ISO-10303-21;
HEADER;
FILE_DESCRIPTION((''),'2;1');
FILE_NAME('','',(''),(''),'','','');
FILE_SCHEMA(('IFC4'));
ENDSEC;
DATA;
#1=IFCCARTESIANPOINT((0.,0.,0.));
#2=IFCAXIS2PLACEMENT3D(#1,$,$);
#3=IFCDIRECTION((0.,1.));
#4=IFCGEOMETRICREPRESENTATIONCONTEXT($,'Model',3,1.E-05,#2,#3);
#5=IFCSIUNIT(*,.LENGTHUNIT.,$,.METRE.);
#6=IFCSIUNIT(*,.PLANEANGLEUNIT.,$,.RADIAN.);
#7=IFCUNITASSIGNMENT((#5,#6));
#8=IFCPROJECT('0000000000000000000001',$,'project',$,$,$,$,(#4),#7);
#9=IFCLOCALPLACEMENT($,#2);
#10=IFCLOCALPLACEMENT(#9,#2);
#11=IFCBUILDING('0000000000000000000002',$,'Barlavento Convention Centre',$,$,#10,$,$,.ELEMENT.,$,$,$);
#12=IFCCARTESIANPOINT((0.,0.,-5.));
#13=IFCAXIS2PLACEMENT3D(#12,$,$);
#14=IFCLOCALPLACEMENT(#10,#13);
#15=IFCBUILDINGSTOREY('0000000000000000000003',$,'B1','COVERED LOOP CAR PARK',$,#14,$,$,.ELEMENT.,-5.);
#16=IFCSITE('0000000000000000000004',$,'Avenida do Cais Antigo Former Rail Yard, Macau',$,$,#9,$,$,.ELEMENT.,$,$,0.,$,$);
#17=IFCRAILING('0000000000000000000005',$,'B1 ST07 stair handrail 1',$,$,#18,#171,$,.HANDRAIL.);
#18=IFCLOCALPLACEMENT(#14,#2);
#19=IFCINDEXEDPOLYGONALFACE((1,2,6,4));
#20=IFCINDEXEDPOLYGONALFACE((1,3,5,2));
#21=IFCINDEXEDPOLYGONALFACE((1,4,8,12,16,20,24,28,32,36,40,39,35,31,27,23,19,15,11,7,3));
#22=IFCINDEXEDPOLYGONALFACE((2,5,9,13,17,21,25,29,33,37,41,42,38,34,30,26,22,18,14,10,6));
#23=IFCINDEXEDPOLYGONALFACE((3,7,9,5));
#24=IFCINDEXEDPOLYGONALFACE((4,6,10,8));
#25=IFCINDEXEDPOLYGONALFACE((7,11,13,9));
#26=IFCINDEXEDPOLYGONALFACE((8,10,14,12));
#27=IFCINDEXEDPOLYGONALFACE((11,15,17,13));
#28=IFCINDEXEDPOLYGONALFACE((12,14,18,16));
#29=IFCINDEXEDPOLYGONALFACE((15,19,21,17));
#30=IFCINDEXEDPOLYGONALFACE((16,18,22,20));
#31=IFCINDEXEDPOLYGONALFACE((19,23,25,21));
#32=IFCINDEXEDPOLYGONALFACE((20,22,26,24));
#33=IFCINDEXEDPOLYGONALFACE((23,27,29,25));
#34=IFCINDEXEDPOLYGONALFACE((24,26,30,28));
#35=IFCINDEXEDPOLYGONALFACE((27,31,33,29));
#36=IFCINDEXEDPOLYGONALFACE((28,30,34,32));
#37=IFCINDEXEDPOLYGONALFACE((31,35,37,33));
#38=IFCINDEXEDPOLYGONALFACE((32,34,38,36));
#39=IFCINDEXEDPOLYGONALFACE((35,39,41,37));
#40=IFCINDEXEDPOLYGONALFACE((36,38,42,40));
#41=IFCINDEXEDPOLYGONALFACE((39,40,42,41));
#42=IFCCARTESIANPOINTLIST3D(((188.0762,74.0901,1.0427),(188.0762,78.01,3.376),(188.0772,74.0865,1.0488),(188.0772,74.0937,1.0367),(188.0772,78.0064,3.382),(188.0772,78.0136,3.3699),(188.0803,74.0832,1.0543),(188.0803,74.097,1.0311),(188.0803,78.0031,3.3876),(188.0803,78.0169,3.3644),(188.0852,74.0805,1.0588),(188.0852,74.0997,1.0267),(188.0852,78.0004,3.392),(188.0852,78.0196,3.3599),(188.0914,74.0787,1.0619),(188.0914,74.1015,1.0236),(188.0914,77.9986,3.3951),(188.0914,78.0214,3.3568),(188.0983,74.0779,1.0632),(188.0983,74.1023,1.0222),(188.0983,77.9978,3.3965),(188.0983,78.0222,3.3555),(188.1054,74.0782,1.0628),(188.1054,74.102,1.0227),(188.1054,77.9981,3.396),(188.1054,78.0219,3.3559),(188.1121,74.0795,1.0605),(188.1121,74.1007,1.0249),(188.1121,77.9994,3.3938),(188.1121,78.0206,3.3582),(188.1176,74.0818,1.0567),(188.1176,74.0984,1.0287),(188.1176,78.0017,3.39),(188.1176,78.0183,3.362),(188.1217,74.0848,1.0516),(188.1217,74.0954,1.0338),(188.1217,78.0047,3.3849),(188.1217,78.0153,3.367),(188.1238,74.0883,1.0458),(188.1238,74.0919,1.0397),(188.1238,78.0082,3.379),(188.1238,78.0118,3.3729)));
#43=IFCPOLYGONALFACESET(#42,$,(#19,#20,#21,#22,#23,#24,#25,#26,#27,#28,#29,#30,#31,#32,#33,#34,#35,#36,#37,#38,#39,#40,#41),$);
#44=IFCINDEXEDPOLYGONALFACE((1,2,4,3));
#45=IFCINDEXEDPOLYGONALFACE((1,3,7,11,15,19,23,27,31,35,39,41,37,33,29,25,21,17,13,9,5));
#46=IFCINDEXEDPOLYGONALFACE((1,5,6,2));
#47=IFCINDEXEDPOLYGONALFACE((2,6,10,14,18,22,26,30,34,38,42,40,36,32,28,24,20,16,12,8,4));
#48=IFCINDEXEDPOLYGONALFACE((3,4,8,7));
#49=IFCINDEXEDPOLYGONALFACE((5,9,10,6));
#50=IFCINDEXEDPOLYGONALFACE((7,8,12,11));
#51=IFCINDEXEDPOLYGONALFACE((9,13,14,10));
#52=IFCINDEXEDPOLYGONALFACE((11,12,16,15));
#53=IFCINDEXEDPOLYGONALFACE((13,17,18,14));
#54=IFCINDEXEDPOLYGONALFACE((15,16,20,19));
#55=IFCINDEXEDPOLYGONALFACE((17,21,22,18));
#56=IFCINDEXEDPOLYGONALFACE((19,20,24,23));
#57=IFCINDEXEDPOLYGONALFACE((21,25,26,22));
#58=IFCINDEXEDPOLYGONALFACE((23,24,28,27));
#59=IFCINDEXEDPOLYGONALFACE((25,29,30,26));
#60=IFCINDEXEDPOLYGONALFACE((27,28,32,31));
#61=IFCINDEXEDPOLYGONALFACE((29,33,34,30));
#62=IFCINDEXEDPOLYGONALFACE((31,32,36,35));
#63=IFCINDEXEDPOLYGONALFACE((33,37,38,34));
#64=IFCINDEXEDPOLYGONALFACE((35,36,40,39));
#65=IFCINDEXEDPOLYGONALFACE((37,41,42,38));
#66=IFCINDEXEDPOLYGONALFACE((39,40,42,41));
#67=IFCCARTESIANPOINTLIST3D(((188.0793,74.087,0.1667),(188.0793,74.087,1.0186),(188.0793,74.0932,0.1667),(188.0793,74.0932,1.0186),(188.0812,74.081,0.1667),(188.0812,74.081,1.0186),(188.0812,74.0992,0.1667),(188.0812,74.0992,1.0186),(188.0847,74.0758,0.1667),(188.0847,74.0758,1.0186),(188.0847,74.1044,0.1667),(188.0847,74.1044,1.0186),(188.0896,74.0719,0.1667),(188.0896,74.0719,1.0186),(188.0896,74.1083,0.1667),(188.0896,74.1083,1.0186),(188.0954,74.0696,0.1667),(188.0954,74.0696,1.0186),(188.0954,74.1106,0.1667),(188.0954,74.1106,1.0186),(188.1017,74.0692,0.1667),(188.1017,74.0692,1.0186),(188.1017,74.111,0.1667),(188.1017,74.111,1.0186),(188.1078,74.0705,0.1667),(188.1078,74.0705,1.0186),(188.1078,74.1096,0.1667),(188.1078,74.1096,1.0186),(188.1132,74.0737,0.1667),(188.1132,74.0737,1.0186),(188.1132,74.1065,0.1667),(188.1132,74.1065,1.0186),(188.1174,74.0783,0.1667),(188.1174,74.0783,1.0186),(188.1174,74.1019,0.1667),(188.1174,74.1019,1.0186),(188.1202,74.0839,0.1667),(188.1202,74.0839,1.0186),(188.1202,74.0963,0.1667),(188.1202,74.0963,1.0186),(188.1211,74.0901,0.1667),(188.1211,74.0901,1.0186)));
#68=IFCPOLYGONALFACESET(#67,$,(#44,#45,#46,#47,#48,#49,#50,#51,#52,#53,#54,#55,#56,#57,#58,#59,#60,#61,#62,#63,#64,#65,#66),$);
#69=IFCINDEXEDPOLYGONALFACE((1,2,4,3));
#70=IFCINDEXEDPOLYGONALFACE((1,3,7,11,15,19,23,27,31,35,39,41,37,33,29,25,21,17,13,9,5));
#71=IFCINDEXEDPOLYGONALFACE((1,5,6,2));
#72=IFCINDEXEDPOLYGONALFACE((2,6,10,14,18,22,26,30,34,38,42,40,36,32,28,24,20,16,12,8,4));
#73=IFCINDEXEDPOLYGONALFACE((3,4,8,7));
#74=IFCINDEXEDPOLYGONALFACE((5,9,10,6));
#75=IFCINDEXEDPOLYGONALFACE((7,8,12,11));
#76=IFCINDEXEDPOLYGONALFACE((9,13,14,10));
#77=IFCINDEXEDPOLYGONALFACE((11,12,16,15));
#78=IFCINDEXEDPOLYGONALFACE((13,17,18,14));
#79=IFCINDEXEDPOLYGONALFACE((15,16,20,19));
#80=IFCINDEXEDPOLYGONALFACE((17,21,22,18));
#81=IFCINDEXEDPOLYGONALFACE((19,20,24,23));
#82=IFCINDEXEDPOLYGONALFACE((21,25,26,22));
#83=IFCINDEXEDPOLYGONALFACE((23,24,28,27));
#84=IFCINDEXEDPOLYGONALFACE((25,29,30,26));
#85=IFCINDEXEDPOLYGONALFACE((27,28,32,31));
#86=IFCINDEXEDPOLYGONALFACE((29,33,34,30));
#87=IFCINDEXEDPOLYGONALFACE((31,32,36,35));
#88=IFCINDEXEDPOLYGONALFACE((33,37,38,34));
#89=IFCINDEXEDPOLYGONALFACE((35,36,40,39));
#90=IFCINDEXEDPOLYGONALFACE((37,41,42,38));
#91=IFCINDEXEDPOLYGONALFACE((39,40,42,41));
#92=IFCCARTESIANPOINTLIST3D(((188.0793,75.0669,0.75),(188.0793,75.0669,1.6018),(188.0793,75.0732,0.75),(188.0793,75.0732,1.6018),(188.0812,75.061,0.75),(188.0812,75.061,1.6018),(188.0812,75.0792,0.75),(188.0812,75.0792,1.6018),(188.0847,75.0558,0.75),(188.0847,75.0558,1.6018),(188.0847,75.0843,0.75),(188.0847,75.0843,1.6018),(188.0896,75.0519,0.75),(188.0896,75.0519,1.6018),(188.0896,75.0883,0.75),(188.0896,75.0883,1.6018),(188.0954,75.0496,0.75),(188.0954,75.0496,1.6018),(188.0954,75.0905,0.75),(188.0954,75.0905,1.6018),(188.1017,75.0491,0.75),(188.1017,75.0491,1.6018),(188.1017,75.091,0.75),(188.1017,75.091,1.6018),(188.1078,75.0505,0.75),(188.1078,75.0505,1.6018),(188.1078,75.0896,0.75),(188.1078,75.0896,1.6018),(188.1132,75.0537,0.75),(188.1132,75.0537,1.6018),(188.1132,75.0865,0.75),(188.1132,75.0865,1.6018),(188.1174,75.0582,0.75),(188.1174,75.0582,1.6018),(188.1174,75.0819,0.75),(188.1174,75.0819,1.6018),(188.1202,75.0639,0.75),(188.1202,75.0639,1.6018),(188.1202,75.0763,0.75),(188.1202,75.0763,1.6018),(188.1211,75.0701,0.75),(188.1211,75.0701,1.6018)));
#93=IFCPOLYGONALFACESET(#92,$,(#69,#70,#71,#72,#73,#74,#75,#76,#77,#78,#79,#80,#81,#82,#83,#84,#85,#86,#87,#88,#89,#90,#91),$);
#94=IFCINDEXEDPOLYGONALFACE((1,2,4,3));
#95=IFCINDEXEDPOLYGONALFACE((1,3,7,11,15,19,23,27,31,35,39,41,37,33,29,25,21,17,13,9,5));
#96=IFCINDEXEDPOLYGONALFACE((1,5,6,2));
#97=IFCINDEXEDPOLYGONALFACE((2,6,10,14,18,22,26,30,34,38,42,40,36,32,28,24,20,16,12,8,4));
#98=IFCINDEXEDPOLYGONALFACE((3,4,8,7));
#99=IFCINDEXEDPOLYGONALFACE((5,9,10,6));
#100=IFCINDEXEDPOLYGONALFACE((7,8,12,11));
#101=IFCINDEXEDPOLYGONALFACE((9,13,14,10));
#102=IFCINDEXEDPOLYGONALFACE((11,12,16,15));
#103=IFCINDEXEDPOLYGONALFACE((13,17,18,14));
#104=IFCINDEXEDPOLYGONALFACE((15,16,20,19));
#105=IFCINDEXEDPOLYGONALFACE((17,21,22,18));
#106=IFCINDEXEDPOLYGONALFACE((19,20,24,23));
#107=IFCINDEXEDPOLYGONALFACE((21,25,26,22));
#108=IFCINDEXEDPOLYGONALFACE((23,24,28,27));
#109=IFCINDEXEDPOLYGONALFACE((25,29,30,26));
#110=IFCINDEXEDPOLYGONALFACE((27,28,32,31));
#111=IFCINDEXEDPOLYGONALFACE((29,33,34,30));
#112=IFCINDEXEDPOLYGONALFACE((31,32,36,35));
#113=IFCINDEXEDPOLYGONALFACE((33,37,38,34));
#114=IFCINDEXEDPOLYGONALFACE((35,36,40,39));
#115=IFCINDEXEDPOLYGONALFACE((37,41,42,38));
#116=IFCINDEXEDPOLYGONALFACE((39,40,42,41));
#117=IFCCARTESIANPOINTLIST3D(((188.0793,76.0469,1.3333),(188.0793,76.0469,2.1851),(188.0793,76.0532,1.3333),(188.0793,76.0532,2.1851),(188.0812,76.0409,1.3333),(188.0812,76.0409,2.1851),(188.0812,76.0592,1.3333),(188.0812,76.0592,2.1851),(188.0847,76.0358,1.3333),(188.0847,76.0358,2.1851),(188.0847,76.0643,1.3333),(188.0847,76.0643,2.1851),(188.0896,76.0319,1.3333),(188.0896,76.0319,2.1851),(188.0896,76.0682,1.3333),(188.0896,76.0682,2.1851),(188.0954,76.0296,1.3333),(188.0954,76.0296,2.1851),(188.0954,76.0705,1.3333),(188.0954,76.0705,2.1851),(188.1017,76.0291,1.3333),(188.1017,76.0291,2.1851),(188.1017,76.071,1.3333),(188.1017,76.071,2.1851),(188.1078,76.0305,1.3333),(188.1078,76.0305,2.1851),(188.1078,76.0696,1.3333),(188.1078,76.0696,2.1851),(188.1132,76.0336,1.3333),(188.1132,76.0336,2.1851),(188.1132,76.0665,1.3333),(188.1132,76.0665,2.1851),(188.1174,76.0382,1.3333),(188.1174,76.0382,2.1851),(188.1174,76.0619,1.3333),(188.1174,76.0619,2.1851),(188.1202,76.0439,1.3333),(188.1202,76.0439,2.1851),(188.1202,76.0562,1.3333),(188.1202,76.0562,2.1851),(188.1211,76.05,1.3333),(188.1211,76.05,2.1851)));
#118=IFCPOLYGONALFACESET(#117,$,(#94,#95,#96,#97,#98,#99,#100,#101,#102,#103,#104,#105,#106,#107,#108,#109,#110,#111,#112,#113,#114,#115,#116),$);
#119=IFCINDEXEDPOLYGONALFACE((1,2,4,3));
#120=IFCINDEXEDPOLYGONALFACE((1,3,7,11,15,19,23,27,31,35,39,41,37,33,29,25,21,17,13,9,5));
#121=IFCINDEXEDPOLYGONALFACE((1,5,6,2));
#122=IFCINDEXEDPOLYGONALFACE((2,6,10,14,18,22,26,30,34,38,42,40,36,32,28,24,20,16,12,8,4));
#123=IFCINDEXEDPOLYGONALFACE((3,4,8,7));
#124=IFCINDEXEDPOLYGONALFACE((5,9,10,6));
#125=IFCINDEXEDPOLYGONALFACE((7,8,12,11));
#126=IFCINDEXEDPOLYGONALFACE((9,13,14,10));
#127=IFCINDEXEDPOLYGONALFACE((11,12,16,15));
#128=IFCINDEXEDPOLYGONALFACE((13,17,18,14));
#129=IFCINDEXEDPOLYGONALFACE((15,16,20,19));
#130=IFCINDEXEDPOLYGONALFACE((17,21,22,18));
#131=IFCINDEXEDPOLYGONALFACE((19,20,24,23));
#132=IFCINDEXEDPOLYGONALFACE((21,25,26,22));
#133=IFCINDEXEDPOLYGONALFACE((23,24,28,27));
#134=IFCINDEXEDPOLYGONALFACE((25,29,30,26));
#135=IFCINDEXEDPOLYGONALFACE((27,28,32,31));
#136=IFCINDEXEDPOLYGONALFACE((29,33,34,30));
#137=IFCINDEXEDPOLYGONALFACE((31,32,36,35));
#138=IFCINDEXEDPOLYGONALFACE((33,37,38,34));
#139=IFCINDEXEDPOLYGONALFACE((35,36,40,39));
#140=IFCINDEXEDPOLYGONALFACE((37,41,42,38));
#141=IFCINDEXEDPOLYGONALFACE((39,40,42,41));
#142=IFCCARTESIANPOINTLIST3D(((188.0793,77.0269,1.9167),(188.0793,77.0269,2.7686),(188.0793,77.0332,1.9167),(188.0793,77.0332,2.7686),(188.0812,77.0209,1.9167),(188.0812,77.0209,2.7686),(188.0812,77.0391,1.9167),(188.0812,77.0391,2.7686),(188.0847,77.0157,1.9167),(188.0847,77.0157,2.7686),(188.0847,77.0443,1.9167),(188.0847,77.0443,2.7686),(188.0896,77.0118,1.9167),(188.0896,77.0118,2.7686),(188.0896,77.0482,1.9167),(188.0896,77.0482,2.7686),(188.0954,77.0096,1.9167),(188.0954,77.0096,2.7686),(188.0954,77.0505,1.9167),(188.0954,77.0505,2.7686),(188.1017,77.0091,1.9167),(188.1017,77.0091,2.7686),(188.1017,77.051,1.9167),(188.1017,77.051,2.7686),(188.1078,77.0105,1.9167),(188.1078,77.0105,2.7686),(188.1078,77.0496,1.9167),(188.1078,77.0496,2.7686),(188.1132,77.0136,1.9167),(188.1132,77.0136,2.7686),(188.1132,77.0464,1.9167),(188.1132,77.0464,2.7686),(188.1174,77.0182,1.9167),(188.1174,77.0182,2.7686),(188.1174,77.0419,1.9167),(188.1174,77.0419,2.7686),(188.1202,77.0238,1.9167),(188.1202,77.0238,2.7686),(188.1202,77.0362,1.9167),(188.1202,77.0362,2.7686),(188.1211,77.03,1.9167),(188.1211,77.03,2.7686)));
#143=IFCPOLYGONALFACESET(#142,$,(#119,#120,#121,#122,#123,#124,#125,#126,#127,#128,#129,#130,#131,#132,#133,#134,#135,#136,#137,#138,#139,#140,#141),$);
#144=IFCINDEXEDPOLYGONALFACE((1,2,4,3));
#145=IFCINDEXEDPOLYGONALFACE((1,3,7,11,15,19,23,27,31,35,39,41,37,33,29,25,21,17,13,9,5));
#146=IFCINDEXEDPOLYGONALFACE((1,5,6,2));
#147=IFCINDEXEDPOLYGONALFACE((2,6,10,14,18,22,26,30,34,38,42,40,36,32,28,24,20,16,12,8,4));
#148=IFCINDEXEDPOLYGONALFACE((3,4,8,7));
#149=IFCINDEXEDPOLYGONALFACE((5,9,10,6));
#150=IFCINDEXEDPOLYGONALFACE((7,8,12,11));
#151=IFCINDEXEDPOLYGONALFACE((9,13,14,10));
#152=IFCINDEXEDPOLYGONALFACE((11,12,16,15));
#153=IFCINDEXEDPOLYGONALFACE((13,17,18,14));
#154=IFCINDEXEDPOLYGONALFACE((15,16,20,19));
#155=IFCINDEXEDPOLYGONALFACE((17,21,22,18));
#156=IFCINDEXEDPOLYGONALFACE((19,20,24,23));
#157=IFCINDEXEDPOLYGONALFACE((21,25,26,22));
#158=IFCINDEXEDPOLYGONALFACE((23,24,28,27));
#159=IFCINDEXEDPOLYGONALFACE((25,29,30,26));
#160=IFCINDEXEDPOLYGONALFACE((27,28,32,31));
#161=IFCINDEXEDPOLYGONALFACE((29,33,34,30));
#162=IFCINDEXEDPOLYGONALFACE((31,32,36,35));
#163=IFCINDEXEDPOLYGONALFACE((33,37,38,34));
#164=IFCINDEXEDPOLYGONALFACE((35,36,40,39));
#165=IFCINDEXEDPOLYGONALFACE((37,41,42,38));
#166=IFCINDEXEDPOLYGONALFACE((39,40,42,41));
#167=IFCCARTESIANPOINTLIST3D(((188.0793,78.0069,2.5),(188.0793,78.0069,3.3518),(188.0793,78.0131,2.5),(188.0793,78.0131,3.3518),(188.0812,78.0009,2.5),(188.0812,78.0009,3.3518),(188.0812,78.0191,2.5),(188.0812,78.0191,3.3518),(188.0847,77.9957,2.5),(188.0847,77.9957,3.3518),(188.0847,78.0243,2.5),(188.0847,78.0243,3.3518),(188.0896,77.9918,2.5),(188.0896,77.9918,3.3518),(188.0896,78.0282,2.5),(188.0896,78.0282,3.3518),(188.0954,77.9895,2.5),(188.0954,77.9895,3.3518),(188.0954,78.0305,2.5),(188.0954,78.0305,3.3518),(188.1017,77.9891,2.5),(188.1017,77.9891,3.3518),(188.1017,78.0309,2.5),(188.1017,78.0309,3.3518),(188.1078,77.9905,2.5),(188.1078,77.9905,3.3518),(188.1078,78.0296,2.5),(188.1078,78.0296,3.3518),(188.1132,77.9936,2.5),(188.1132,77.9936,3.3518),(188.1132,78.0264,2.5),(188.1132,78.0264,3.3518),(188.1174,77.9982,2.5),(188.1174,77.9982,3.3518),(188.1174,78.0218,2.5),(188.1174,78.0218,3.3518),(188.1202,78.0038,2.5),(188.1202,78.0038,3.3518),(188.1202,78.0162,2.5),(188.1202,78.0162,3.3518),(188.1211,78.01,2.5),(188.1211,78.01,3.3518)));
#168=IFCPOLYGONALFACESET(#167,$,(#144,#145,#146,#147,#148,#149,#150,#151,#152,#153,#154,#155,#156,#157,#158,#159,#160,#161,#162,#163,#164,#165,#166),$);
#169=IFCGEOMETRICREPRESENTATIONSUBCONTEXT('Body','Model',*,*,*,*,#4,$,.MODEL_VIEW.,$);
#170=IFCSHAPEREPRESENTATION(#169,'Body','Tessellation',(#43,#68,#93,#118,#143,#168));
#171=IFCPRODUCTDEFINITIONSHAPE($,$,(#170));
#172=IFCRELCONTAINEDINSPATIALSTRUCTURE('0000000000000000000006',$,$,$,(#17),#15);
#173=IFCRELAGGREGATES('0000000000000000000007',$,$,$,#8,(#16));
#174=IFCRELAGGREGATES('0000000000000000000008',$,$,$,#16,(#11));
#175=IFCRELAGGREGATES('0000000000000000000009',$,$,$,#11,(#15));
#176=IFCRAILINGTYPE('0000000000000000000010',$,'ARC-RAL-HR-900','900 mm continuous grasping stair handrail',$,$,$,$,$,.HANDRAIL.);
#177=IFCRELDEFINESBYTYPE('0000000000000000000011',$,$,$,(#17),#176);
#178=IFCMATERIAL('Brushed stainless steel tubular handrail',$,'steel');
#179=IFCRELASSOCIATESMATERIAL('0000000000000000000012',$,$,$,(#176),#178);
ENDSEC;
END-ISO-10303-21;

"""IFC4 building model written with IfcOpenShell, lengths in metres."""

from ifc_helpers import new_model, si_unit, direction, frame, origin, origin_2d, place, context, subcontext, project, spatial, circle, extrude, material, type_object, element, save


model = new_model("IFC4")

# Units and contexts
model_context = context("Model", 3, precision=1e-05, world=origin(), true_north=direction((0.0, 1.0)))
body_context = subcontext(model_context, "Body", "Model", "MODEL_VIEW")
ifc_project = project(units=[si_unit("LENGTHUNIT", "METRE"), si_unit("PLANEANGLEUNIT", "RADIAN")], contexts=[model_context])

# Site, building, storey
site_placement = place(None, origin())
site = spatial("IfcSite", under=ifc_project, at=site_placement, Name="Avenida do Cais Antigo Former Rail Yard, Macau", CompositionType="ELEMENT", RefElevation=0.0)
building_placement = place(site_placement, origin())
building = spatial("IfcBuilding", under=site, at=building_placement, Name="Barlavento Convention Centre", CompositionType="ELEMENT")
storey_placement = place(building_placement, frame((0.0, 0.0, -5.0)))
storey = spatial("IfcBuildingStorey", under=building, at=storey_placement, Name="B1", Description="COVERED LOOP CAR PARK", CompositionType="ELEMENT", Elevation=-5.0)

# Railing
ifc_material_1 = material(Name="Brushed stainless steel tubular handrail", Category="steel")
railing_type_1 = type_object("IfcRailingType", Name="ARC-RAL-HR-900", Description="900 mm continuous grasping stair handrail", PredefinedType="HANDRAIL", material=ifc_material_1)
railing_1_placement = place(storey_placement, frame((188.1001, 74.0901, 0.1667)))
element("IfcRailing", 1, at=railing_1_placement, inside=storey, type_object=railing_type_1, Name="B1 ST07 stair handrail 1", PredefinedType="HANDRAIL", context=body_context, shape_type="SweptSolid", body=[
    extrude(circle(Radius=0.0239, at=origin_2d()), frame((0.0, 0.0, 0.876), z_axis=(0.0, 0.859296, 0.511478), x_axis=(-1.0, 0.0, 0.0)), (0.0, 0.0, 1.0), 4.5618),
    extrude(circle(Radius=0.021, at=origin_2d()), origin(), (0.0, 0.0, 1.0), 0.8518),
    extrude(circle(Radius=0.021, at=origin_2d()), frame((0.0, 0.98, 0.5833)), (0.0, 0.0, 1.0), 0.8518),
    extrude(circle(Radius=0.021, at=origin_2d()), frame((0.0, 1.96, 1.1665)), (0.0, 0.0, 1.0), 0.8518),
    extrude(circle(Radius=0.021, at=origin_2d()), frame((0.0, 2.9399, 1.75)), (0.0, 0.0, 1.0), 0.8518),
    extrude(circle(Radius=0.021, at=origin_2d()), frame((0.0, 3.9199, 2.3333)), (0.0, 0.0, 1.0), 0.8518),
])

save(model, "model.ifc")
